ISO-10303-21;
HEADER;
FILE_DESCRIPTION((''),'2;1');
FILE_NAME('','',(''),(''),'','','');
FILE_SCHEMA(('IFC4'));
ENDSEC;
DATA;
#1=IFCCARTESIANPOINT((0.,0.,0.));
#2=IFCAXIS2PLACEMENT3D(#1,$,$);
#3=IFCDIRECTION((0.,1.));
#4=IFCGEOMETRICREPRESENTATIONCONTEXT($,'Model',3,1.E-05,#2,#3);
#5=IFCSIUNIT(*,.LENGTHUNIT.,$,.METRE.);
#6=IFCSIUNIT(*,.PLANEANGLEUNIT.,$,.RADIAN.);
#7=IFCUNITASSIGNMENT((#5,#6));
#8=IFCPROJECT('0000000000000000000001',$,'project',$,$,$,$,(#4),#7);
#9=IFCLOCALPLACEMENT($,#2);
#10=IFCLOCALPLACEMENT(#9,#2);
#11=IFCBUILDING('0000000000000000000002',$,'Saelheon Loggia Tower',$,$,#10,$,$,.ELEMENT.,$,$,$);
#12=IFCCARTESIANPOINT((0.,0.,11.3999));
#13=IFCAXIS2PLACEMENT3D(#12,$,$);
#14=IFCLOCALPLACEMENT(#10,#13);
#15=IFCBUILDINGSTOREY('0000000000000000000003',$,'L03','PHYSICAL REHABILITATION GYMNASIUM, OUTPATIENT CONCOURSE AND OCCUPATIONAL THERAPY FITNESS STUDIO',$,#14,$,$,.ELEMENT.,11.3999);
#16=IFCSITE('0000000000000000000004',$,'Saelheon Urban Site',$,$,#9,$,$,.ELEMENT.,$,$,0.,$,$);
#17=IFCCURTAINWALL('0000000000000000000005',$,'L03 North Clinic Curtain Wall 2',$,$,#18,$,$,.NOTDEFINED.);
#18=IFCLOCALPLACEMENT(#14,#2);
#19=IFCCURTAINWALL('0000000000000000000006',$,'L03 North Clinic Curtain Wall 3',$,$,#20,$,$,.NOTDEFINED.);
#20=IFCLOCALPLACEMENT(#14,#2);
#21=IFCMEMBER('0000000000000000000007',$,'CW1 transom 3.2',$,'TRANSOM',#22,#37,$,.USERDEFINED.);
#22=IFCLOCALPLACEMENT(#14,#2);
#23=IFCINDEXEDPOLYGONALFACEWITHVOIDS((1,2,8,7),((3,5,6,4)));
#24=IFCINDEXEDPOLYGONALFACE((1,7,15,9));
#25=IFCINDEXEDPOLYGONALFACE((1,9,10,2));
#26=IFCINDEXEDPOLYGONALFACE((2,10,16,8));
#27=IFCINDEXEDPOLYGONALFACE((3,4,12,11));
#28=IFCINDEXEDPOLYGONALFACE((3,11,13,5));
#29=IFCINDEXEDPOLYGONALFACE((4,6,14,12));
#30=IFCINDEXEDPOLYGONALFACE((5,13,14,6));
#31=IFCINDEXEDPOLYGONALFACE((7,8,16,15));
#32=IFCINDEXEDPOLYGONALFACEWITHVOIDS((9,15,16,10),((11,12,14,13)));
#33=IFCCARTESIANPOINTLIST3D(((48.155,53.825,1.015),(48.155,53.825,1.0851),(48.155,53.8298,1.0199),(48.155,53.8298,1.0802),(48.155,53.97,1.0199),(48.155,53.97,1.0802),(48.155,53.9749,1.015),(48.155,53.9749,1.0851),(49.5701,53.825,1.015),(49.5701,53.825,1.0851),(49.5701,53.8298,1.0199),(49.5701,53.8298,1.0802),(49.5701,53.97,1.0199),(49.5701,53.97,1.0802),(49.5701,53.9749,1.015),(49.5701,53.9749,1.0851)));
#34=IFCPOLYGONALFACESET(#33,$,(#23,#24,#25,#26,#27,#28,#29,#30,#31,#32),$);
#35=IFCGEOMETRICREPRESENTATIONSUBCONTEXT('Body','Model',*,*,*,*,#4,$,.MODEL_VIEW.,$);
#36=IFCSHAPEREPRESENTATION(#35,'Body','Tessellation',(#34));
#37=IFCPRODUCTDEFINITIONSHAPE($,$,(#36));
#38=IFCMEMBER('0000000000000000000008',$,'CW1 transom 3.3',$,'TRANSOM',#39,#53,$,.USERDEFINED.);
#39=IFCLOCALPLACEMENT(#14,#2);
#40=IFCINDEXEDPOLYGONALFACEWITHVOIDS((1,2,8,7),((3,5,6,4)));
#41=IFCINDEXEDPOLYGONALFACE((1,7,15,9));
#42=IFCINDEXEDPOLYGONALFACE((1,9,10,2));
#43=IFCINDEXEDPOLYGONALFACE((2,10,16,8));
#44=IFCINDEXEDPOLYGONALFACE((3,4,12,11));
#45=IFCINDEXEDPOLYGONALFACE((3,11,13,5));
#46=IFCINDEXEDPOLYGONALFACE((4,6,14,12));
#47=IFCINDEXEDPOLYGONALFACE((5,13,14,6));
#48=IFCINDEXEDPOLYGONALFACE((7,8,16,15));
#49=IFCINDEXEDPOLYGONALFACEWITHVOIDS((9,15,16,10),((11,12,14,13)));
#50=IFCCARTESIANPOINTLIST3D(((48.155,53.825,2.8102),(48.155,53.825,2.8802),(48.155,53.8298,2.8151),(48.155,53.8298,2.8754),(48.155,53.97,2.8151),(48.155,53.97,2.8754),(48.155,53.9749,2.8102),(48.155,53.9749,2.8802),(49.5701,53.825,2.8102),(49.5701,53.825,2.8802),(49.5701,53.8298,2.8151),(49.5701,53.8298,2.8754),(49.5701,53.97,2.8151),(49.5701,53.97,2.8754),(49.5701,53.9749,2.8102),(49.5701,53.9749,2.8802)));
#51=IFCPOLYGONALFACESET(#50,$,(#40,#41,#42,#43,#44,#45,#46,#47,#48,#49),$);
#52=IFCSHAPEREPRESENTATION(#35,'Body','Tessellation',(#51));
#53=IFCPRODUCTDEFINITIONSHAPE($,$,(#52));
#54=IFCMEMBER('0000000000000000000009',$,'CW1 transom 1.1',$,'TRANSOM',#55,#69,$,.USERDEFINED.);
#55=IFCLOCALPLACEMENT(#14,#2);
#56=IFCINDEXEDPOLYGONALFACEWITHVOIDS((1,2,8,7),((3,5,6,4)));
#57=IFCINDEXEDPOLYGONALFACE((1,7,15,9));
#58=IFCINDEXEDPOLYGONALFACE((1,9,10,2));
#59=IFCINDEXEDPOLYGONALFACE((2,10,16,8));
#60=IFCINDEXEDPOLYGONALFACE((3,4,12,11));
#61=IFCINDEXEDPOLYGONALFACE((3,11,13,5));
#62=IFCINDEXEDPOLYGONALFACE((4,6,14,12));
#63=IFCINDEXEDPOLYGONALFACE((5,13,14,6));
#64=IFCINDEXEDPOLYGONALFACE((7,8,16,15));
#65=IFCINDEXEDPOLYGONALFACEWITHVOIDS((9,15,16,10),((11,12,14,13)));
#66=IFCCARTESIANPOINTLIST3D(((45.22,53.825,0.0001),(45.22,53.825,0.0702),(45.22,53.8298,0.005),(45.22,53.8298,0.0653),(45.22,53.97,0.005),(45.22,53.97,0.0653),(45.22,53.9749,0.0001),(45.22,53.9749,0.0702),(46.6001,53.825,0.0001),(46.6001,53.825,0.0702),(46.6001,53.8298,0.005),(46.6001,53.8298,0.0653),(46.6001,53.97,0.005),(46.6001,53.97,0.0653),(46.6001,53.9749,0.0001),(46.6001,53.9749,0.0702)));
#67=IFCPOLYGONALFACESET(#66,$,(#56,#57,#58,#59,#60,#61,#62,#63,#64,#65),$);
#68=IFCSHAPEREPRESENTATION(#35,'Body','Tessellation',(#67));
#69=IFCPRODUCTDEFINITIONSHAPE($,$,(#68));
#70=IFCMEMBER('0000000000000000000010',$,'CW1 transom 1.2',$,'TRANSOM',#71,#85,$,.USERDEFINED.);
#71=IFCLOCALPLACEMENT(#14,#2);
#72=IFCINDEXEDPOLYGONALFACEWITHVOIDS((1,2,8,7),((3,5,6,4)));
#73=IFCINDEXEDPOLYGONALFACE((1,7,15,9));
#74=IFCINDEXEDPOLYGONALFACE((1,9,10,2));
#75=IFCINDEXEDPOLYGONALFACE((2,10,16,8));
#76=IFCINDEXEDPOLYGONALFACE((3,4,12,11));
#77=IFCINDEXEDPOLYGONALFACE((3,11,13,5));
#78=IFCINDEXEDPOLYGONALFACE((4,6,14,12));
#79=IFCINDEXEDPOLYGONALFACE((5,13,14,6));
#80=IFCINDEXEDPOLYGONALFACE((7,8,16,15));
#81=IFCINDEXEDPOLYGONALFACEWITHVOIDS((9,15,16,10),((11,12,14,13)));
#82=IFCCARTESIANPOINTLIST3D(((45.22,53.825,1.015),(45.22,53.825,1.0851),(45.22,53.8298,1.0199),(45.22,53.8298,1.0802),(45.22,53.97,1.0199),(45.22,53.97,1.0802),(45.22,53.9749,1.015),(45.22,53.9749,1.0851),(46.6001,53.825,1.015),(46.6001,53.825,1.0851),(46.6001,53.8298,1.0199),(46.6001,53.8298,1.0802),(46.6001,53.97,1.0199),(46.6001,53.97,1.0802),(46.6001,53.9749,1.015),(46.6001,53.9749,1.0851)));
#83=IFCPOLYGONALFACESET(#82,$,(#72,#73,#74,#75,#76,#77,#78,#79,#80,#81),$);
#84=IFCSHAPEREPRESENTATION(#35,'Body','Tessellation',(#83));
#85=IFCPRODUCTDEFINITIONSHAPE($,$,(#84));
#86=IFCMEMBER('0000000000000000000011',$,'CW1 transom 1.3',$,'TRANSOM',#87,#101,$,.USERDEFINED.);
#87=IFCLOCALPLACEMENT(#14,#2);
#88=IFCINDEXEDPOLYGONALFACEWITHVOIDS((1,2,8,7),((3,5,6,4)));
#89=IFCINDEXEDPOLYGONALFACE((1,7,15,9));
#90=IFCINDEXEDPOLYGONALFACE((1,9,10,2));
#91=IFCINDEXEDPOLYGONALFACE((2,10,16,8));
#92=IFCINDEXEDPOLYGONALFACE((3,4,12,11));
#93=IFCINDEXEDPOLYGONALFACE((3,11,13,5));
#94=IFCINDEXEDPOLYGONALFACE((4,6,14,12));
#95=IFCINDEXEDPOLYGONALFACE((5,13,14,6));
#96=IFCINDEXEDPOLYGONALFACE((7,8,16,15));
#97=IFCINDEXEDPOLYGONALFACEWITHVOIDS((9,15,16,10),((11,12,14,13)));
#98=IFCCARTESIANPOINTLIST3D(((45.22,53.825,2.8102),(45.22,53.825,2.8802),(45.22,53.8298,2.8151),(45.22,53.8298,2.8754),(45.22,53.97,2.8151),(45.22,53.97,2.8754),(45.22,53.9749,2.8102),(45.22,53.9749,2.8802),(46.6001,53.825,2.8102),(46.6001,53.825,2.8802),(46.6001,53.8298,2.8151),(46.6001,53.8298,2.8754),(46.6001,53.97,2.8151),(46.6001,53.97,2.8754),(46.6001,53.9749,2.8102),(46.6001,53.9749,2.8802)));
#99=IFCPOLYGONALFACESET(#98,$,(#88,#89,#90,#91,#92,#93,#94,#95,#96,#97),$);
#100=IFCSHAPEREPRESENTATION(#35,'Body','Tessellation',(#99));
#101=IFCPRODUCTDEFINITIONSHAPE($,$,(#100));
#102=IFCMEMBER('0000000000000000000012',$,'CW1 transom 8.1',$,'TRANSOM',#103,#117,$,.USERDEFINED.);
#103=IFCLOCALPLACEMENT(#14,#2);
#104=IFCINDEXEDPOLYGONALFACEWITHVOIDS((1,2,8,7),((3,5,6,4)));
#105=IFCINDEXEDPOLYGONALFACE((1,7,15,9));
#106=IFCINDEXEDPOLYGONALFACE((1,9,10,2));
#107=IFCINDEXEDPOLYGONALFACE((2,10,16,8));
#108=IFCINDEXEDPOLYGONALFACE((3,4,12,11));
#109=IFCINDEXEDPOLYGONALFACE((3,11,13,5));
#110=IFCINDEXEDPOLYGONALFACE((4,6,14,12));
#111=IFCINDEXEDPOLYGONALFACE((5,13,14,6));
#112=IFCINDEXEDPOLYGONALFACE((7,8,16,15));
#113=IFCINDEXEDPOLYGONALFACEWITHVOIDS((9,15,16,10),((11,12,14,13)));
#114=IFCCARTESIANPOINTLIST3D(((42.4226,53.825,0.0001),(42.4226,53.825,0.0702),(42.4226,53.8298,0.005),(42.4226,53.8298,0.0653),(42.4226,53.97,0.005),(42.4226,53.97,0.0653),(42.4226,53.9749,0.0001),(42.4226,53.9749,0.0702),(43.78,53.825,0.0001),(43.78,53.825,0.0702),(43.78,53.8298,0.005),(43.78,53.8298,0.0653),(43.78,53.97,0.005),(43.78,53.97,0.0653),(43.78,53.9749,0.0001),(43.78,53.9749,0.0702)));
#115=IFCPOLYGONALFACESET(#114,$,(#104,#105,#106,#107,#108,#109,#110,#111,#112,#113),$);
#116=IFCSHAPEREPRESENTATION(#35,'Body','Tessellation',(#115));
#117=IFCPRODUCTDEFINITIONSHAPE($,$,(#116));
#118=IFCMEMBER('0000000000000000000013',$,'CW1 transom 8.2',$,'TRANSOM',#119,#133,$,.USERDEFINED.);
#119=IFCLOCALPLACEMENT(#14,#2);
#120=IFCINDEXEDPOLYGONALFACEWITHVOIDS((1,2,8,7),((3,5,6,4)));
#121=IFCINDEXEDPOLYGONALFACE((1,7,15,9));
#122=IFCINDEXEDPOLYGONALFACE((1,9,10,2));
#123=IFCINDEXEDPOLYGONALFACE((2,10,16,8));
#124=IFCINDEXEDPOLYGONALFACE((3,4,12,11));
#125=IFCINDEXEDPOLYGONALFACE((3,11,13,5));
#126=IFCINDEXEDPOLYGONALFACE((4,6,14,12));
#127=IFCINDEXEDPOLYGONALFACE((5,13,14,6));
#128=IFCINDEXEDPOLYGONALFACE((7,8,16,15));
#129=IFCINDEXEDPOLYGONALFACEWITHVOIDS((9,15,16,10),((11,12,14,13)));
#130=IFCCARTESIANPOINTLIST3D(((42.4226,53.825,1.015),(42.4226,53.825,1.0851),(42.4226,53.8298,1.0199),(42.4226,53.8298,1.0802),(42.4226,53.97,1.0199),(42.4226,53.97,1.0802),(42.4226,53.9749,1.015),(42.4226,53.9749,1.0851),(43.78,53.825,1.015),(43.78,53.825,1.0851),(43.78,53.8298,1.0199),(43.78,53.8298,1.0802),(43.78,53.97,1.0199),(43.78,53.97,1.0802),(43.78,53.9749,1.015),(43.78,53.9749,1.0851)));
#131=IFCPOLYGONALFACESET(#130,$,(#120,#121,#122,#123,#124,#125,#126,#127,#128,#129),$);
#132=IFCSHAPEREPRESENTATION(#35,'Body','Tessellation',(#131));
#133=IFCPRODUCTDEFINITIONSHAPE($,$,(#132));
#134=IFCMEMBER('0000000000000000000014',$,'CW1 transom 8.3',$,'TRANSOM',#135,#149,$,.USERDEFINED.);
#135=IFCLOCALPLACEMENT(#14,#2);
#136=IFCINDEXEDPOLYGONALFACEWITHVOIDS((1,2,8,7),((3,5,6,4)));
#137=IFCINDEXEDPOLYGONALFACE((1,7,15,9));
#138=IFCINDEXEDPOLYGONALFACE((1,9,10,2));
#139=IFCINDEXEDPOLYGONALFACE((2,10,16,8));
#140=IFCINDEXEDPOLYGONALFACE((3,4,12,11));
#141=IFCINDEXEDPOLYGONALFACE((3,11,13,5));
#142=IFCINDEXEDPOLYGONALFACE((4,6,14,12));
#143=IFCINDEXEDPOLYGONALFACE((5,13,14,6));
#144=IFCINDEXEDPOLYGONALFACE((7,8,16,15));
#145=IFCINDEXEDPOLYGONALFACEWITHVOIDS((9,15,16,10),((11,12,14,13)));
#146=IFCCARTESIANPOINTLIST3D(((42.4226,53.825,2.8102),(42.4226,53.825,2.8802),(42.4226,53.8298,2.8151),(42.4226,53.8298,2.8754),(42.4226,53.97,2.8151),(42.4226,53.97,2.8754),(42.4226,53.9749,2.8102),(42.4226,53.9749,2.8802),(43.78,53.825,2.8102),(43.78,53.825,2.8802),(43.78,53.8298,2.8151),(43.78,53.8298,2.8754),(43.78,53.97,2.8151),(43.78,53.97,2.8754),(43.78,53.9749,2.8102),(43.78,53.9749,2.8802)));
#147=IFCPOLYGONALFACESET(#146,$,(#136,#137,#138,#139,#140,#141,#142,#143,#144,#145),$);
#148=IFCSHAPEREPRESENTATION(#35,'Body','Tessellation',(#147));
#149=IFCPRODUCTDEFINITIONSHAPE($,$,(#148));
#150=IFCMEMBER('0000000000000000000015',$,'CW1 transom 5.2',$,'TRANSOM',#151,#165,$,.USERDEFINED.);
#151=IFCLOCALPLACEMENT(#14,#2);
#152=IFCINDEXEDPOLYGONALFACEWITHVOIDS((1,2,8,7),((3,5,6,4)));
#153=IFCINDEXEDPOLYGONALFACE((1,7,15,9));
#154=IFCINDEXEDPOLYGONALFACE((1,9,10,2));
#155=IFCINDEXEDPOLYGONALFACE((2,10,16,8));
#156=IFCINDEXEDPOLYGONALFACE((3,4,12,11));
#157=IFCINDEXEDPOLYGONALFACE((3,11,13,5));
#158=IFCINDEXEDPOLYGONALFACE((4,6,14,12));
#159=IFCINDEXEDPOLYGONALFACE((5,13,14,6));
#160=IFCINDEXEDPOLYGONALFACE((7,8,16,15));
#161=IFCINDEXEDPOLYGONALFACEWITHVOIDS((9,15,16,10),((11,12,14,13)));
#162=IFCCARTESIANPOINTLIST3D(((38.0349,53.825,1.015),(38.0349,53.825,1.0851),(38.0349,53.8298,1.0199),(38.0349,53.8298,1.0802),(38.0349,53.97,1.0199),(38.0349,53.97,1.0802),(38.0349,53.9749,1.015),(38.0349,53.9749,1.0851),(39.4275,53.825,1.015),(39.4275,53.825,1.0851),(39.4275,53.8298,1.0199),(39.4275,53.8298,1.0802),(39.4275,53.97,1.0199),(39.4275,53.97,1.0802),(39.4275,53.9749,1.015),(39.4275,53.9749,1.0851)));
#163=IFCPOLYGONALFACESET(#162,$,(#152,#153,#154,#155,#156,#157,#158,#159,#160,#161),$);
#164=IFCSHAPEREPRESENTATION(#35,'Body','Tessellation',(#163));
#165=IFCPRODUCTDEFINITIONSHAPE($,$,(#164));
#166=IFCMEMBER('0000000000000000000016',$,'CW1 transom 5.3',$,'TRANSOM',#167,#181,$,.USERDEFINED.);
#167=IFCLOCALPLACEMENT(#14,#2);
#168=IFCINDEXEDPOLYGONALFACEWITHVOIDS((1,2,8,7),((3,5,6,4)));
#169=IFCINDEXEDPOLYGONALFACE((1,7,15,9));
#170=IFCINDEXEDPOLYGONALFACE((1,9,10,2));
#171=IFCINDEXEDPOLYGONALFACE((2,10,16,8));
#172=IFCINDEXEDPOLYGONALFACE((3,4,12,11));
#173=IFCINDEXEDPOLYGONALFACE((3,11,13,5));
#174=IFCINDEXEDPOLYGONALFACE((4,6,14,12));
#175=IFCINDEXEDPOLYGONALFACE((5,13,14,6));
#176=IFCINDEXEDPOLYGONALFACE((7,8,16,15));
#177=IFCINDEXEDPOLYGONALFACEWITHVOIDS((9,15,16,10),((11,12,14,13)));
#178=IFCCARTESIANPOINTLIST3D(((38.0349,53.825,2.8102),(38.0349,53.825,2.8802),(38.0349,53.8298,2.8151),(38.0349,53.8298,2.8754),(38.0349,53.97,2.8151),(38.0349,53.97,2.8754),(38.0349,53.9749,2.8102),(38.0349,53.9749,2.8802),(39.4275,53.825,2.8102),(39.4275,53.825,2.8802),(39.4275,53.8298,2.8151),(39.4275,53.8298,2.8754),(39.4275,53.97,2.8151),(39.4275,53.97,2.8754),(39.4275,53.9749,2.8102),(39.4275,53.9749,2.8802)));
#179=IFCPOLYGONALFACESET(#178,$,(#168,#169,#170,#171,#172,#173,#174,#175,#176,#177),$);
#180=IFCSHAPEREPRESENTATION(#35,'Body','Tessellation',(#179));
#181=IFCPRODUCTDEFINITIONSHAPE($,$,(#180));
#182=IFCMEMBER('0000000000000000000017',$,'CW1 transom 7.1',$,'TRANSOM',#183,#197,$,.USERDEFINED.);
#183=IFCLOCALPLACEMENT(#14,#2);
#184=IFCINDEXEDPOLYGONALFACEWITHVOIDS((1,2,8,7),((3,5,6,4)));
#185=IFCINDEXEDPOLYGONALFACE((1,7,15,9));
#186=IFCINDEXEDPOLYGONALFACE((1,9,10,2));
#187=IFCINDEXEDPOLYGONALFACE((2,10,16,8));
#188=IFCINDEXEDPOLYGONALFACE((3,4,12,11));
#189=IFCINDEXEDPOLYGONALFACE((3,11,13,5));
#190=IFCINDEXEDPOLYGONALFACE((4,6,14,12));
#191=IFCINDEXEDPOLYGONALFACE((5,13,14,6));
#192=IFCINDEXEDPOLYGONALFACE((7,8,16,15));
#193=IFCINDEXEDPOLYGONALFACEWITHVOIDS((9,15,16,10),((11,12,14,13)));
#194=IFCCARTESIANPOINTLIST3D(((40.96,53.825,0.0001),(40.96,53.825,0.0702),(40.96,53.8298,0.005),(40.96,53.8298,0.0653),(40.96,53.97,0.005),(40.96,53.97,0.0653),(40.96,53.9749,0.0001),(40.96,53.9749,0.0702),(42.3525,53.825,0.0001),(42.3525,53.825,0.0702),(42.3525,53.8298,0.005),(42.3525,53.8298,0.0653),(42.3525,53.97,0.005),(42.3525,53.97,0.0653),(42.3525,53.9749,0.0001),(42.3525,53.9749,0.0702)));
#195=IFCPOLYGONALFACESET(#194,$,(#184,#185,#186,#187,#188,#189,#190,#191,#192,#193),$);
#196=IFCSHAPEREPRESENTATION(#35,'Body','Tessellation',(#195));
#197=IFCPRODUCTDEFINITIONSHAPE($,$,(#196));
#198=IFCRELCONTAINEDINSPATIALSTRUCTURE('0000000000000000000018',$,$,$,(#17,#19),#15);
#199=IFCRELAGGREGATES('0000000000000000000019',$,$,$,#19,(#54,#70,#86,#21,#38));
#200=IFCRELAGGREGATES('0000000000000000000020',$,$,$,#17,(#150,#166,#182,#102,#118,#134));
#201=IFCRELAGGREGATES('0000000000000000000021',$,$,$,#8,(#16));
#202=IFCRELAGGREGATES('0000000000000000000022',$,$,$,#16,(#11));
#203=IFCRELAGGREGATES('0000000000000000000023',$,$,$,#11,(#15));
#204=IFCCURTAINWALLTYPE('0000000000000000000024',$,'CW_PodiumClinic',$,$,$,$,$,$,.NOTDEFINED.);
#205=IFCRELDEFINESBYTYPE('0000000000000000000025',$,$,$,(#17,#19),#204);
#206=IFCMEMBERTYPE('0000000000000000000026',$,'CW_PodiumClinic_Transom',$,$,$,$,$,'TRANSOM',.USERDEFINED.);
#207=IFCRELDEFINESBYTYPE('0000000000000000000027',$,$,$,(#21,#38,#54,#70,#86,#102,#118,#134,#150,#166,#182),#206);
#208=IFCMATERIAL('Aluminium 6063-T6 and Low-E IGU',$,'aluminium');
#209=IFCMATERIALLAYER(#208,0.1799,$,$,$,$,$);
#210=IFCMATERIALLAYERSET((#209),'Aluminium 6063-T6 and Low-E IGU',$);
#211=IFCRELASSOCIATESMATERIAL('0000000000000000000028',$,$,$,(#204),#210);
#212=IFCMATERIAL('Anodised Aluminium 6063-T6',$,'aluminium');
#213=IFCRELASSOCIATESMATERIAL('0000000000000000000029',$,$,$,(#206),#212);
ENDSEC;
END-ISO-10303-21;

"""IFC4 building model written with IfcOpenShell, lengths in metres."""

from ifc_helpers import new_model, si_unit, direction, frame, origin, origin_2d, place, context, subcontext, project, spatial, hollow_rectangle, extrude, source, transform, mapped, material, layer, layer_set, material_profile, profile_set, type_object, element, aggregate, save


model = new_model("IFC4")

# Units and contexts
model_context = context("Model", 3, precision=1e-05, world=origin(), true_north=direction((0.0, 1.0)))
body_context = subcontext(model_context, "Body", "Model", "MODEL_VIEW")
ifc_project = project(units=[si_unit("LENGTHUNIT", "METRE"), si_unit("PLANEANGLEUNIT", "RADIAN")], contexts=[model_context])

# Site, building, storey
site_placement = place(None, origin())
site = spatial("IfcSite", under=ifc_project, at=site_placement, Name="Saelheon Urban Site", CompositionType="ELEMENT", RefElevation=0.0)
building_placement = place(site_placement, origin())
building = spatial("IfcBuilding", under=site, at=building_placement, Name="Saelheon Loggia Tower", CompositionType="ELEMENT")
storey_placement = place(building_placement, frame((0.0, 0.0, 11.3999)))
storey = spatial("IfcBuildingStorey", under=building, at=storey_placement, Name="L03", Description="PHYSICAL REHABILITATION GYMNASIUM, OUTPATIENT CONCOURSE AND OCCUPATIONAL THERAPY FITNESS STUDIO", CompositionType="ELEMENT", Elevation=11.3999)

# Curtain walls, members
ifc_material_1 = material(Name="Aluminium 6063-T6 and Low-E IGU", Category="aluminium")
ifc_layer_1 = layer(ifc_material_1, 0.1799)
ifc_layer_set_1 = layer_set([ifc_layer_1], Name="Aluminium 6063-T6 and Low-E IGU")
curtain_wall_type = type_object("IfcCurtainWallType", Name="CW_PodiumClinic", PredefinedType="NOTDEFINED", material=ifc_layer_set_1)
curtain_wall_1_placement = place(storey_placement, origin())
curtain_wall_1 = element("IfcCurtainWall", 1, at=curtain_wall_1_placement, inside=storey, type_object=curtain_wall_type, Name="L03 North Clinic Curtain Wall 2", PredefinedType="NOTDEFINED")
ifc_material_2 = material(Name="Anodised Aluminium 6063-T6", Category="aluminium")
curtain_wall_2_placement = place(storey_placement, origin())
curtain_wall_2 = element("IfcCurtainWall", 2, at=curtain_wall_2_placement, inside=storey, type_object=curtain_wall_type, Name="L03 North Clinic Curtain Wall 3", PredefinedType="NOTDEFINED")
ifc_material_profile_1 = material_profile(ifc_material_2, hollow_rectangle(XDim=0.0701, YDim=0.1499, WallThickness=0.0049, at=origin_2d()), Name="RHS-150x70x5")
ifc_profile_set_1 = profile_set([ifc_material_profile_1], Name="Anodised Aluminium 6063-T6")
member_type_1 = type_object("IfcMemberType", Name="CW_PodiumClinic_Transom", ElementType="TRANSOM", PredefinedType="USERDEFINED", material=ifc_profile_set_1)
shared_shape_1 = source(origin(), body_context, "Body", "SweptSolid", [
    extrude(hollow_rectangle(XDim=0.0701, YDim=0.1499, WallThickness=0.0049, at=origin_2d()), origin(), (0.0, 0.0, 1.0), 1.415),
])
member_1_placement = place(storey_placement, frame((48.155, 53.8999, 1.05), z_axis=(1.0, 0.0, 0.0), x_axis=(0.0, 0.0, 1.0)))
member_1 = element("IfcMember", 3, at=member_1_placement, type_object=member_type_1, Name="CW1 transom 3.2", ObjectType="TRANSOM", PredefinedType="USERDEFINED", context=body_context, shape_type="MappedRepresentation", body=[
    mapped(shared_shape_1, transform((0.0, 0.0, 0.0), scale=1.0)),
])
member_2_placement = place(storey_placement, frame((48.155, 53.8999, 2.8452), z_axis=(1.0, 0.0, 0.0), x_axis=(0.0, 0.0, 1.0)))
member_2 = element("IfcMember", 4, at=member_2_placement, type_object=member_type_1, Name="CW1 transom 3.3", ObjectType="TRANSOM", PredefinedType="USERDEFINED", context=body_context, shape_type="MappedRepresentation", body=[
    mapped(shared_shape_1, transform((0.0, 0.0, 0.0), scale=1.0)),
])
shared_shape_2 = source(origin(), body_context, "Body", "SweptSolid", [
    extrude(hollow_rectangle(XDim=0.0701, YDim=0.1499, WallThickness=0.0049, at=origin_2d()), origin(), (0.0, 0.0, 1.0), 1.3801),
])
member_3_placement = place(storey_placement, frame((45.22, 53.8999, 0.0352), z_axis=(1.0, 0.0, 0.0), x_axis=(0.0, 0.0, 1.0)))
member_3 = element("IfcMember", 5, at=member_3_placement, type_object=member_type_1, Name="CW1 transom 1.1", ObjectType="TRANSOM", PredefinedType="USERDEFINED", context=body_context, shape_type="MappedRepresentation", body=[
    mapped(shared_shape_2, transform((0.0, 0.0, 0.0), scale=1.0)),
])
member_4_placement = place(storey_placement, frame((45.22, 53.8999, 1.05), z_axis=(1.0, 0.0, 0.0), x_axis=(0.0, 0.0, 1.0)))
member_4 = element("IfcMember", 6, at=member_4_placement, type_object=member_type_1, Name="CW1 transom 1.2", ObjectType="TRANSOM", PredefinedType="USERDEFINED", context=body_context, shape_type="MappedRepresentation", body=[
    mapped(shared_shape_2, transform((0.0, 0.0, 0.0), scale=1.0)),
])
member_5_placement = place(storey_placement, frame((45.22, 53.8999, 2.8452), z_axis=(1.0, 0.0, 0.0), x_axis=(0.0, 0.0, 1.0)))
member_5 = element("IfcMember", 7, at=member_5_placement, type_object=member_type_1, Name="CW1 transom 1.3", ObjectType="TRANSOM", PredefinedType="USERDEFINED", context=body_context, shape_type="MappedRepresentation", body=[
    mapped(shared_shape_2, transform((0.0, 0.0, 0.0), scale=1.0)),
])

# Members
shared_shape_3 = source(origin(), body_context, "Body", "SweptSolid", [
    extrude(hollow_rectangle(XDim=0.0701, YDim=0.1499, WallThickness=0.0049, at=origin_2d()), origin(), (0.0, 0.0, 1.0), 1.3574),
])
member_6_placement = place(storey_placement, frame((42.4226, 53.8999, 0.0352), z_axis=(1.0, 0.0, 0.0), x_axis=(0.0, 0.0, 1.0)))
member_6 = element("IfcMember", 8, at=member_6_placement, type_object=member_type_1, Name="CW1 transom 8.1", ObjectType="TRANSOM", PredefinedType="USERDEFINED", context=body_context, shape_type="MappedRepresentation", body=[
    mapped(shared_shape_3, transform((0.0, 0.0, 0.0), scale=1.0)),
])
member_7_placement = place(storey_placement, frame((42.4226, 53.8999, 1.05), z_axis=(1.0, 0.0, 0.0), x_axis=(0.0, 0.0, 1.0)))
member_7 = element("IfcMember", 9, at=member_7_placement, type_object=member_type_1, Name="CW1 transom 8.2", ObjectType="TRANSOM", PredefinedType="USERDEFINED", context=body_context, shape_type="MappedRepresentation", body=[
    mapped(shared_shape_3, transform((0.0, 0.0, 0.0), scale=1.0)),
])
member_8_placement = place(storey_placement, frame((42.4226, 53.8999, 2.8452), z_axis=(1.0, 0.0, 0.0), x_axis=(0.0, 0.0, 1.0)))
member_8 = element("IfcMember", 10, at=member_8_placement, type_object=member_type_1, Name="CW1 transom 8.3", ObjectType="TRANSOM", PredefinedType="USERDEFINED", context=body_context, shape_type="MappedRepresentation", body=[
    mapped(shared_shape_3, transform((0.0, 0.0, 0.0), scale=1.0)),
])
shared_shape_4 = source(origin(), body_context, "Body", "SweptSolid", [
    extrude(hollow_rectangle(XDim=0.0701, YDim=0.1499, WallThickness=0.0049, at=origin_2d()), origin(), (0.0, 0.0, 1.0), 1.3926),
])
member_9_placement = place(storey_placement, frame((38.0349, 53.8999, 1.05), z_axis=(1.0, 0.0, 0.0), x_axis=(0.0, 0.0, 1.0)))
member_9 = element("IfcMember", 11, at=member_9_placement, type_object=member_type_1, Name="CW1 transom 5.2", ObjectType="TRANSOM", PredefinedType="USERDEFINED", context=body_context, shape_type="MappedRepresentation", body=[
    mapped(shared_shape_4, transform((0.0, 0.0, 0.0), scale=1.0)),
])
member_10_placement = place(storey_placement, frame((38.0349, 53.8999, 2.8452), z_axis=(1.0, 0.0, 0.0), x_axis=(0.0, 0.0, 1.0)))
member_10 = element("IfcMember", 12, at=member_10_placement, type_object=member_type_1, Name="CW1 transom 5.3", ObjectType="TRANSOM", PredefinedType="USERDEFINED", context=body_context, shape_type="MappedRepresentation", body=[
    mapped(shared_shape_4, transform((0.0, 0.0, 0.0), scale=1.0)),
])
member_11_placement = place(storey_placement, frame((40.96, 53.8999, 0.0352), z_axis=(1.0, 0.0, 0.0), x_axis=(0.0, 0.0, 1.0)))
member_11 = element("IfcMember", 13, at=member_11_placement, type_object=member_type_1, Name="CW1 transom 7.1", ObjectType="TRANSOM", PredefinedType="USERDEFINED", context=body_context, shape_type="MappedRepresentation", body=[
    mapped(shared_shape_4, transform((0.0, 0.0, 0.0), scale=1.0)),
])

aggregate(curtain_wall_2, [member_3, member_4, member_5, member_1, member_2])
aggregate(curtain_wall_1, [member_9, member_10, member_11, member_6, member_7, member_8])

save(model, "model.ifc")
